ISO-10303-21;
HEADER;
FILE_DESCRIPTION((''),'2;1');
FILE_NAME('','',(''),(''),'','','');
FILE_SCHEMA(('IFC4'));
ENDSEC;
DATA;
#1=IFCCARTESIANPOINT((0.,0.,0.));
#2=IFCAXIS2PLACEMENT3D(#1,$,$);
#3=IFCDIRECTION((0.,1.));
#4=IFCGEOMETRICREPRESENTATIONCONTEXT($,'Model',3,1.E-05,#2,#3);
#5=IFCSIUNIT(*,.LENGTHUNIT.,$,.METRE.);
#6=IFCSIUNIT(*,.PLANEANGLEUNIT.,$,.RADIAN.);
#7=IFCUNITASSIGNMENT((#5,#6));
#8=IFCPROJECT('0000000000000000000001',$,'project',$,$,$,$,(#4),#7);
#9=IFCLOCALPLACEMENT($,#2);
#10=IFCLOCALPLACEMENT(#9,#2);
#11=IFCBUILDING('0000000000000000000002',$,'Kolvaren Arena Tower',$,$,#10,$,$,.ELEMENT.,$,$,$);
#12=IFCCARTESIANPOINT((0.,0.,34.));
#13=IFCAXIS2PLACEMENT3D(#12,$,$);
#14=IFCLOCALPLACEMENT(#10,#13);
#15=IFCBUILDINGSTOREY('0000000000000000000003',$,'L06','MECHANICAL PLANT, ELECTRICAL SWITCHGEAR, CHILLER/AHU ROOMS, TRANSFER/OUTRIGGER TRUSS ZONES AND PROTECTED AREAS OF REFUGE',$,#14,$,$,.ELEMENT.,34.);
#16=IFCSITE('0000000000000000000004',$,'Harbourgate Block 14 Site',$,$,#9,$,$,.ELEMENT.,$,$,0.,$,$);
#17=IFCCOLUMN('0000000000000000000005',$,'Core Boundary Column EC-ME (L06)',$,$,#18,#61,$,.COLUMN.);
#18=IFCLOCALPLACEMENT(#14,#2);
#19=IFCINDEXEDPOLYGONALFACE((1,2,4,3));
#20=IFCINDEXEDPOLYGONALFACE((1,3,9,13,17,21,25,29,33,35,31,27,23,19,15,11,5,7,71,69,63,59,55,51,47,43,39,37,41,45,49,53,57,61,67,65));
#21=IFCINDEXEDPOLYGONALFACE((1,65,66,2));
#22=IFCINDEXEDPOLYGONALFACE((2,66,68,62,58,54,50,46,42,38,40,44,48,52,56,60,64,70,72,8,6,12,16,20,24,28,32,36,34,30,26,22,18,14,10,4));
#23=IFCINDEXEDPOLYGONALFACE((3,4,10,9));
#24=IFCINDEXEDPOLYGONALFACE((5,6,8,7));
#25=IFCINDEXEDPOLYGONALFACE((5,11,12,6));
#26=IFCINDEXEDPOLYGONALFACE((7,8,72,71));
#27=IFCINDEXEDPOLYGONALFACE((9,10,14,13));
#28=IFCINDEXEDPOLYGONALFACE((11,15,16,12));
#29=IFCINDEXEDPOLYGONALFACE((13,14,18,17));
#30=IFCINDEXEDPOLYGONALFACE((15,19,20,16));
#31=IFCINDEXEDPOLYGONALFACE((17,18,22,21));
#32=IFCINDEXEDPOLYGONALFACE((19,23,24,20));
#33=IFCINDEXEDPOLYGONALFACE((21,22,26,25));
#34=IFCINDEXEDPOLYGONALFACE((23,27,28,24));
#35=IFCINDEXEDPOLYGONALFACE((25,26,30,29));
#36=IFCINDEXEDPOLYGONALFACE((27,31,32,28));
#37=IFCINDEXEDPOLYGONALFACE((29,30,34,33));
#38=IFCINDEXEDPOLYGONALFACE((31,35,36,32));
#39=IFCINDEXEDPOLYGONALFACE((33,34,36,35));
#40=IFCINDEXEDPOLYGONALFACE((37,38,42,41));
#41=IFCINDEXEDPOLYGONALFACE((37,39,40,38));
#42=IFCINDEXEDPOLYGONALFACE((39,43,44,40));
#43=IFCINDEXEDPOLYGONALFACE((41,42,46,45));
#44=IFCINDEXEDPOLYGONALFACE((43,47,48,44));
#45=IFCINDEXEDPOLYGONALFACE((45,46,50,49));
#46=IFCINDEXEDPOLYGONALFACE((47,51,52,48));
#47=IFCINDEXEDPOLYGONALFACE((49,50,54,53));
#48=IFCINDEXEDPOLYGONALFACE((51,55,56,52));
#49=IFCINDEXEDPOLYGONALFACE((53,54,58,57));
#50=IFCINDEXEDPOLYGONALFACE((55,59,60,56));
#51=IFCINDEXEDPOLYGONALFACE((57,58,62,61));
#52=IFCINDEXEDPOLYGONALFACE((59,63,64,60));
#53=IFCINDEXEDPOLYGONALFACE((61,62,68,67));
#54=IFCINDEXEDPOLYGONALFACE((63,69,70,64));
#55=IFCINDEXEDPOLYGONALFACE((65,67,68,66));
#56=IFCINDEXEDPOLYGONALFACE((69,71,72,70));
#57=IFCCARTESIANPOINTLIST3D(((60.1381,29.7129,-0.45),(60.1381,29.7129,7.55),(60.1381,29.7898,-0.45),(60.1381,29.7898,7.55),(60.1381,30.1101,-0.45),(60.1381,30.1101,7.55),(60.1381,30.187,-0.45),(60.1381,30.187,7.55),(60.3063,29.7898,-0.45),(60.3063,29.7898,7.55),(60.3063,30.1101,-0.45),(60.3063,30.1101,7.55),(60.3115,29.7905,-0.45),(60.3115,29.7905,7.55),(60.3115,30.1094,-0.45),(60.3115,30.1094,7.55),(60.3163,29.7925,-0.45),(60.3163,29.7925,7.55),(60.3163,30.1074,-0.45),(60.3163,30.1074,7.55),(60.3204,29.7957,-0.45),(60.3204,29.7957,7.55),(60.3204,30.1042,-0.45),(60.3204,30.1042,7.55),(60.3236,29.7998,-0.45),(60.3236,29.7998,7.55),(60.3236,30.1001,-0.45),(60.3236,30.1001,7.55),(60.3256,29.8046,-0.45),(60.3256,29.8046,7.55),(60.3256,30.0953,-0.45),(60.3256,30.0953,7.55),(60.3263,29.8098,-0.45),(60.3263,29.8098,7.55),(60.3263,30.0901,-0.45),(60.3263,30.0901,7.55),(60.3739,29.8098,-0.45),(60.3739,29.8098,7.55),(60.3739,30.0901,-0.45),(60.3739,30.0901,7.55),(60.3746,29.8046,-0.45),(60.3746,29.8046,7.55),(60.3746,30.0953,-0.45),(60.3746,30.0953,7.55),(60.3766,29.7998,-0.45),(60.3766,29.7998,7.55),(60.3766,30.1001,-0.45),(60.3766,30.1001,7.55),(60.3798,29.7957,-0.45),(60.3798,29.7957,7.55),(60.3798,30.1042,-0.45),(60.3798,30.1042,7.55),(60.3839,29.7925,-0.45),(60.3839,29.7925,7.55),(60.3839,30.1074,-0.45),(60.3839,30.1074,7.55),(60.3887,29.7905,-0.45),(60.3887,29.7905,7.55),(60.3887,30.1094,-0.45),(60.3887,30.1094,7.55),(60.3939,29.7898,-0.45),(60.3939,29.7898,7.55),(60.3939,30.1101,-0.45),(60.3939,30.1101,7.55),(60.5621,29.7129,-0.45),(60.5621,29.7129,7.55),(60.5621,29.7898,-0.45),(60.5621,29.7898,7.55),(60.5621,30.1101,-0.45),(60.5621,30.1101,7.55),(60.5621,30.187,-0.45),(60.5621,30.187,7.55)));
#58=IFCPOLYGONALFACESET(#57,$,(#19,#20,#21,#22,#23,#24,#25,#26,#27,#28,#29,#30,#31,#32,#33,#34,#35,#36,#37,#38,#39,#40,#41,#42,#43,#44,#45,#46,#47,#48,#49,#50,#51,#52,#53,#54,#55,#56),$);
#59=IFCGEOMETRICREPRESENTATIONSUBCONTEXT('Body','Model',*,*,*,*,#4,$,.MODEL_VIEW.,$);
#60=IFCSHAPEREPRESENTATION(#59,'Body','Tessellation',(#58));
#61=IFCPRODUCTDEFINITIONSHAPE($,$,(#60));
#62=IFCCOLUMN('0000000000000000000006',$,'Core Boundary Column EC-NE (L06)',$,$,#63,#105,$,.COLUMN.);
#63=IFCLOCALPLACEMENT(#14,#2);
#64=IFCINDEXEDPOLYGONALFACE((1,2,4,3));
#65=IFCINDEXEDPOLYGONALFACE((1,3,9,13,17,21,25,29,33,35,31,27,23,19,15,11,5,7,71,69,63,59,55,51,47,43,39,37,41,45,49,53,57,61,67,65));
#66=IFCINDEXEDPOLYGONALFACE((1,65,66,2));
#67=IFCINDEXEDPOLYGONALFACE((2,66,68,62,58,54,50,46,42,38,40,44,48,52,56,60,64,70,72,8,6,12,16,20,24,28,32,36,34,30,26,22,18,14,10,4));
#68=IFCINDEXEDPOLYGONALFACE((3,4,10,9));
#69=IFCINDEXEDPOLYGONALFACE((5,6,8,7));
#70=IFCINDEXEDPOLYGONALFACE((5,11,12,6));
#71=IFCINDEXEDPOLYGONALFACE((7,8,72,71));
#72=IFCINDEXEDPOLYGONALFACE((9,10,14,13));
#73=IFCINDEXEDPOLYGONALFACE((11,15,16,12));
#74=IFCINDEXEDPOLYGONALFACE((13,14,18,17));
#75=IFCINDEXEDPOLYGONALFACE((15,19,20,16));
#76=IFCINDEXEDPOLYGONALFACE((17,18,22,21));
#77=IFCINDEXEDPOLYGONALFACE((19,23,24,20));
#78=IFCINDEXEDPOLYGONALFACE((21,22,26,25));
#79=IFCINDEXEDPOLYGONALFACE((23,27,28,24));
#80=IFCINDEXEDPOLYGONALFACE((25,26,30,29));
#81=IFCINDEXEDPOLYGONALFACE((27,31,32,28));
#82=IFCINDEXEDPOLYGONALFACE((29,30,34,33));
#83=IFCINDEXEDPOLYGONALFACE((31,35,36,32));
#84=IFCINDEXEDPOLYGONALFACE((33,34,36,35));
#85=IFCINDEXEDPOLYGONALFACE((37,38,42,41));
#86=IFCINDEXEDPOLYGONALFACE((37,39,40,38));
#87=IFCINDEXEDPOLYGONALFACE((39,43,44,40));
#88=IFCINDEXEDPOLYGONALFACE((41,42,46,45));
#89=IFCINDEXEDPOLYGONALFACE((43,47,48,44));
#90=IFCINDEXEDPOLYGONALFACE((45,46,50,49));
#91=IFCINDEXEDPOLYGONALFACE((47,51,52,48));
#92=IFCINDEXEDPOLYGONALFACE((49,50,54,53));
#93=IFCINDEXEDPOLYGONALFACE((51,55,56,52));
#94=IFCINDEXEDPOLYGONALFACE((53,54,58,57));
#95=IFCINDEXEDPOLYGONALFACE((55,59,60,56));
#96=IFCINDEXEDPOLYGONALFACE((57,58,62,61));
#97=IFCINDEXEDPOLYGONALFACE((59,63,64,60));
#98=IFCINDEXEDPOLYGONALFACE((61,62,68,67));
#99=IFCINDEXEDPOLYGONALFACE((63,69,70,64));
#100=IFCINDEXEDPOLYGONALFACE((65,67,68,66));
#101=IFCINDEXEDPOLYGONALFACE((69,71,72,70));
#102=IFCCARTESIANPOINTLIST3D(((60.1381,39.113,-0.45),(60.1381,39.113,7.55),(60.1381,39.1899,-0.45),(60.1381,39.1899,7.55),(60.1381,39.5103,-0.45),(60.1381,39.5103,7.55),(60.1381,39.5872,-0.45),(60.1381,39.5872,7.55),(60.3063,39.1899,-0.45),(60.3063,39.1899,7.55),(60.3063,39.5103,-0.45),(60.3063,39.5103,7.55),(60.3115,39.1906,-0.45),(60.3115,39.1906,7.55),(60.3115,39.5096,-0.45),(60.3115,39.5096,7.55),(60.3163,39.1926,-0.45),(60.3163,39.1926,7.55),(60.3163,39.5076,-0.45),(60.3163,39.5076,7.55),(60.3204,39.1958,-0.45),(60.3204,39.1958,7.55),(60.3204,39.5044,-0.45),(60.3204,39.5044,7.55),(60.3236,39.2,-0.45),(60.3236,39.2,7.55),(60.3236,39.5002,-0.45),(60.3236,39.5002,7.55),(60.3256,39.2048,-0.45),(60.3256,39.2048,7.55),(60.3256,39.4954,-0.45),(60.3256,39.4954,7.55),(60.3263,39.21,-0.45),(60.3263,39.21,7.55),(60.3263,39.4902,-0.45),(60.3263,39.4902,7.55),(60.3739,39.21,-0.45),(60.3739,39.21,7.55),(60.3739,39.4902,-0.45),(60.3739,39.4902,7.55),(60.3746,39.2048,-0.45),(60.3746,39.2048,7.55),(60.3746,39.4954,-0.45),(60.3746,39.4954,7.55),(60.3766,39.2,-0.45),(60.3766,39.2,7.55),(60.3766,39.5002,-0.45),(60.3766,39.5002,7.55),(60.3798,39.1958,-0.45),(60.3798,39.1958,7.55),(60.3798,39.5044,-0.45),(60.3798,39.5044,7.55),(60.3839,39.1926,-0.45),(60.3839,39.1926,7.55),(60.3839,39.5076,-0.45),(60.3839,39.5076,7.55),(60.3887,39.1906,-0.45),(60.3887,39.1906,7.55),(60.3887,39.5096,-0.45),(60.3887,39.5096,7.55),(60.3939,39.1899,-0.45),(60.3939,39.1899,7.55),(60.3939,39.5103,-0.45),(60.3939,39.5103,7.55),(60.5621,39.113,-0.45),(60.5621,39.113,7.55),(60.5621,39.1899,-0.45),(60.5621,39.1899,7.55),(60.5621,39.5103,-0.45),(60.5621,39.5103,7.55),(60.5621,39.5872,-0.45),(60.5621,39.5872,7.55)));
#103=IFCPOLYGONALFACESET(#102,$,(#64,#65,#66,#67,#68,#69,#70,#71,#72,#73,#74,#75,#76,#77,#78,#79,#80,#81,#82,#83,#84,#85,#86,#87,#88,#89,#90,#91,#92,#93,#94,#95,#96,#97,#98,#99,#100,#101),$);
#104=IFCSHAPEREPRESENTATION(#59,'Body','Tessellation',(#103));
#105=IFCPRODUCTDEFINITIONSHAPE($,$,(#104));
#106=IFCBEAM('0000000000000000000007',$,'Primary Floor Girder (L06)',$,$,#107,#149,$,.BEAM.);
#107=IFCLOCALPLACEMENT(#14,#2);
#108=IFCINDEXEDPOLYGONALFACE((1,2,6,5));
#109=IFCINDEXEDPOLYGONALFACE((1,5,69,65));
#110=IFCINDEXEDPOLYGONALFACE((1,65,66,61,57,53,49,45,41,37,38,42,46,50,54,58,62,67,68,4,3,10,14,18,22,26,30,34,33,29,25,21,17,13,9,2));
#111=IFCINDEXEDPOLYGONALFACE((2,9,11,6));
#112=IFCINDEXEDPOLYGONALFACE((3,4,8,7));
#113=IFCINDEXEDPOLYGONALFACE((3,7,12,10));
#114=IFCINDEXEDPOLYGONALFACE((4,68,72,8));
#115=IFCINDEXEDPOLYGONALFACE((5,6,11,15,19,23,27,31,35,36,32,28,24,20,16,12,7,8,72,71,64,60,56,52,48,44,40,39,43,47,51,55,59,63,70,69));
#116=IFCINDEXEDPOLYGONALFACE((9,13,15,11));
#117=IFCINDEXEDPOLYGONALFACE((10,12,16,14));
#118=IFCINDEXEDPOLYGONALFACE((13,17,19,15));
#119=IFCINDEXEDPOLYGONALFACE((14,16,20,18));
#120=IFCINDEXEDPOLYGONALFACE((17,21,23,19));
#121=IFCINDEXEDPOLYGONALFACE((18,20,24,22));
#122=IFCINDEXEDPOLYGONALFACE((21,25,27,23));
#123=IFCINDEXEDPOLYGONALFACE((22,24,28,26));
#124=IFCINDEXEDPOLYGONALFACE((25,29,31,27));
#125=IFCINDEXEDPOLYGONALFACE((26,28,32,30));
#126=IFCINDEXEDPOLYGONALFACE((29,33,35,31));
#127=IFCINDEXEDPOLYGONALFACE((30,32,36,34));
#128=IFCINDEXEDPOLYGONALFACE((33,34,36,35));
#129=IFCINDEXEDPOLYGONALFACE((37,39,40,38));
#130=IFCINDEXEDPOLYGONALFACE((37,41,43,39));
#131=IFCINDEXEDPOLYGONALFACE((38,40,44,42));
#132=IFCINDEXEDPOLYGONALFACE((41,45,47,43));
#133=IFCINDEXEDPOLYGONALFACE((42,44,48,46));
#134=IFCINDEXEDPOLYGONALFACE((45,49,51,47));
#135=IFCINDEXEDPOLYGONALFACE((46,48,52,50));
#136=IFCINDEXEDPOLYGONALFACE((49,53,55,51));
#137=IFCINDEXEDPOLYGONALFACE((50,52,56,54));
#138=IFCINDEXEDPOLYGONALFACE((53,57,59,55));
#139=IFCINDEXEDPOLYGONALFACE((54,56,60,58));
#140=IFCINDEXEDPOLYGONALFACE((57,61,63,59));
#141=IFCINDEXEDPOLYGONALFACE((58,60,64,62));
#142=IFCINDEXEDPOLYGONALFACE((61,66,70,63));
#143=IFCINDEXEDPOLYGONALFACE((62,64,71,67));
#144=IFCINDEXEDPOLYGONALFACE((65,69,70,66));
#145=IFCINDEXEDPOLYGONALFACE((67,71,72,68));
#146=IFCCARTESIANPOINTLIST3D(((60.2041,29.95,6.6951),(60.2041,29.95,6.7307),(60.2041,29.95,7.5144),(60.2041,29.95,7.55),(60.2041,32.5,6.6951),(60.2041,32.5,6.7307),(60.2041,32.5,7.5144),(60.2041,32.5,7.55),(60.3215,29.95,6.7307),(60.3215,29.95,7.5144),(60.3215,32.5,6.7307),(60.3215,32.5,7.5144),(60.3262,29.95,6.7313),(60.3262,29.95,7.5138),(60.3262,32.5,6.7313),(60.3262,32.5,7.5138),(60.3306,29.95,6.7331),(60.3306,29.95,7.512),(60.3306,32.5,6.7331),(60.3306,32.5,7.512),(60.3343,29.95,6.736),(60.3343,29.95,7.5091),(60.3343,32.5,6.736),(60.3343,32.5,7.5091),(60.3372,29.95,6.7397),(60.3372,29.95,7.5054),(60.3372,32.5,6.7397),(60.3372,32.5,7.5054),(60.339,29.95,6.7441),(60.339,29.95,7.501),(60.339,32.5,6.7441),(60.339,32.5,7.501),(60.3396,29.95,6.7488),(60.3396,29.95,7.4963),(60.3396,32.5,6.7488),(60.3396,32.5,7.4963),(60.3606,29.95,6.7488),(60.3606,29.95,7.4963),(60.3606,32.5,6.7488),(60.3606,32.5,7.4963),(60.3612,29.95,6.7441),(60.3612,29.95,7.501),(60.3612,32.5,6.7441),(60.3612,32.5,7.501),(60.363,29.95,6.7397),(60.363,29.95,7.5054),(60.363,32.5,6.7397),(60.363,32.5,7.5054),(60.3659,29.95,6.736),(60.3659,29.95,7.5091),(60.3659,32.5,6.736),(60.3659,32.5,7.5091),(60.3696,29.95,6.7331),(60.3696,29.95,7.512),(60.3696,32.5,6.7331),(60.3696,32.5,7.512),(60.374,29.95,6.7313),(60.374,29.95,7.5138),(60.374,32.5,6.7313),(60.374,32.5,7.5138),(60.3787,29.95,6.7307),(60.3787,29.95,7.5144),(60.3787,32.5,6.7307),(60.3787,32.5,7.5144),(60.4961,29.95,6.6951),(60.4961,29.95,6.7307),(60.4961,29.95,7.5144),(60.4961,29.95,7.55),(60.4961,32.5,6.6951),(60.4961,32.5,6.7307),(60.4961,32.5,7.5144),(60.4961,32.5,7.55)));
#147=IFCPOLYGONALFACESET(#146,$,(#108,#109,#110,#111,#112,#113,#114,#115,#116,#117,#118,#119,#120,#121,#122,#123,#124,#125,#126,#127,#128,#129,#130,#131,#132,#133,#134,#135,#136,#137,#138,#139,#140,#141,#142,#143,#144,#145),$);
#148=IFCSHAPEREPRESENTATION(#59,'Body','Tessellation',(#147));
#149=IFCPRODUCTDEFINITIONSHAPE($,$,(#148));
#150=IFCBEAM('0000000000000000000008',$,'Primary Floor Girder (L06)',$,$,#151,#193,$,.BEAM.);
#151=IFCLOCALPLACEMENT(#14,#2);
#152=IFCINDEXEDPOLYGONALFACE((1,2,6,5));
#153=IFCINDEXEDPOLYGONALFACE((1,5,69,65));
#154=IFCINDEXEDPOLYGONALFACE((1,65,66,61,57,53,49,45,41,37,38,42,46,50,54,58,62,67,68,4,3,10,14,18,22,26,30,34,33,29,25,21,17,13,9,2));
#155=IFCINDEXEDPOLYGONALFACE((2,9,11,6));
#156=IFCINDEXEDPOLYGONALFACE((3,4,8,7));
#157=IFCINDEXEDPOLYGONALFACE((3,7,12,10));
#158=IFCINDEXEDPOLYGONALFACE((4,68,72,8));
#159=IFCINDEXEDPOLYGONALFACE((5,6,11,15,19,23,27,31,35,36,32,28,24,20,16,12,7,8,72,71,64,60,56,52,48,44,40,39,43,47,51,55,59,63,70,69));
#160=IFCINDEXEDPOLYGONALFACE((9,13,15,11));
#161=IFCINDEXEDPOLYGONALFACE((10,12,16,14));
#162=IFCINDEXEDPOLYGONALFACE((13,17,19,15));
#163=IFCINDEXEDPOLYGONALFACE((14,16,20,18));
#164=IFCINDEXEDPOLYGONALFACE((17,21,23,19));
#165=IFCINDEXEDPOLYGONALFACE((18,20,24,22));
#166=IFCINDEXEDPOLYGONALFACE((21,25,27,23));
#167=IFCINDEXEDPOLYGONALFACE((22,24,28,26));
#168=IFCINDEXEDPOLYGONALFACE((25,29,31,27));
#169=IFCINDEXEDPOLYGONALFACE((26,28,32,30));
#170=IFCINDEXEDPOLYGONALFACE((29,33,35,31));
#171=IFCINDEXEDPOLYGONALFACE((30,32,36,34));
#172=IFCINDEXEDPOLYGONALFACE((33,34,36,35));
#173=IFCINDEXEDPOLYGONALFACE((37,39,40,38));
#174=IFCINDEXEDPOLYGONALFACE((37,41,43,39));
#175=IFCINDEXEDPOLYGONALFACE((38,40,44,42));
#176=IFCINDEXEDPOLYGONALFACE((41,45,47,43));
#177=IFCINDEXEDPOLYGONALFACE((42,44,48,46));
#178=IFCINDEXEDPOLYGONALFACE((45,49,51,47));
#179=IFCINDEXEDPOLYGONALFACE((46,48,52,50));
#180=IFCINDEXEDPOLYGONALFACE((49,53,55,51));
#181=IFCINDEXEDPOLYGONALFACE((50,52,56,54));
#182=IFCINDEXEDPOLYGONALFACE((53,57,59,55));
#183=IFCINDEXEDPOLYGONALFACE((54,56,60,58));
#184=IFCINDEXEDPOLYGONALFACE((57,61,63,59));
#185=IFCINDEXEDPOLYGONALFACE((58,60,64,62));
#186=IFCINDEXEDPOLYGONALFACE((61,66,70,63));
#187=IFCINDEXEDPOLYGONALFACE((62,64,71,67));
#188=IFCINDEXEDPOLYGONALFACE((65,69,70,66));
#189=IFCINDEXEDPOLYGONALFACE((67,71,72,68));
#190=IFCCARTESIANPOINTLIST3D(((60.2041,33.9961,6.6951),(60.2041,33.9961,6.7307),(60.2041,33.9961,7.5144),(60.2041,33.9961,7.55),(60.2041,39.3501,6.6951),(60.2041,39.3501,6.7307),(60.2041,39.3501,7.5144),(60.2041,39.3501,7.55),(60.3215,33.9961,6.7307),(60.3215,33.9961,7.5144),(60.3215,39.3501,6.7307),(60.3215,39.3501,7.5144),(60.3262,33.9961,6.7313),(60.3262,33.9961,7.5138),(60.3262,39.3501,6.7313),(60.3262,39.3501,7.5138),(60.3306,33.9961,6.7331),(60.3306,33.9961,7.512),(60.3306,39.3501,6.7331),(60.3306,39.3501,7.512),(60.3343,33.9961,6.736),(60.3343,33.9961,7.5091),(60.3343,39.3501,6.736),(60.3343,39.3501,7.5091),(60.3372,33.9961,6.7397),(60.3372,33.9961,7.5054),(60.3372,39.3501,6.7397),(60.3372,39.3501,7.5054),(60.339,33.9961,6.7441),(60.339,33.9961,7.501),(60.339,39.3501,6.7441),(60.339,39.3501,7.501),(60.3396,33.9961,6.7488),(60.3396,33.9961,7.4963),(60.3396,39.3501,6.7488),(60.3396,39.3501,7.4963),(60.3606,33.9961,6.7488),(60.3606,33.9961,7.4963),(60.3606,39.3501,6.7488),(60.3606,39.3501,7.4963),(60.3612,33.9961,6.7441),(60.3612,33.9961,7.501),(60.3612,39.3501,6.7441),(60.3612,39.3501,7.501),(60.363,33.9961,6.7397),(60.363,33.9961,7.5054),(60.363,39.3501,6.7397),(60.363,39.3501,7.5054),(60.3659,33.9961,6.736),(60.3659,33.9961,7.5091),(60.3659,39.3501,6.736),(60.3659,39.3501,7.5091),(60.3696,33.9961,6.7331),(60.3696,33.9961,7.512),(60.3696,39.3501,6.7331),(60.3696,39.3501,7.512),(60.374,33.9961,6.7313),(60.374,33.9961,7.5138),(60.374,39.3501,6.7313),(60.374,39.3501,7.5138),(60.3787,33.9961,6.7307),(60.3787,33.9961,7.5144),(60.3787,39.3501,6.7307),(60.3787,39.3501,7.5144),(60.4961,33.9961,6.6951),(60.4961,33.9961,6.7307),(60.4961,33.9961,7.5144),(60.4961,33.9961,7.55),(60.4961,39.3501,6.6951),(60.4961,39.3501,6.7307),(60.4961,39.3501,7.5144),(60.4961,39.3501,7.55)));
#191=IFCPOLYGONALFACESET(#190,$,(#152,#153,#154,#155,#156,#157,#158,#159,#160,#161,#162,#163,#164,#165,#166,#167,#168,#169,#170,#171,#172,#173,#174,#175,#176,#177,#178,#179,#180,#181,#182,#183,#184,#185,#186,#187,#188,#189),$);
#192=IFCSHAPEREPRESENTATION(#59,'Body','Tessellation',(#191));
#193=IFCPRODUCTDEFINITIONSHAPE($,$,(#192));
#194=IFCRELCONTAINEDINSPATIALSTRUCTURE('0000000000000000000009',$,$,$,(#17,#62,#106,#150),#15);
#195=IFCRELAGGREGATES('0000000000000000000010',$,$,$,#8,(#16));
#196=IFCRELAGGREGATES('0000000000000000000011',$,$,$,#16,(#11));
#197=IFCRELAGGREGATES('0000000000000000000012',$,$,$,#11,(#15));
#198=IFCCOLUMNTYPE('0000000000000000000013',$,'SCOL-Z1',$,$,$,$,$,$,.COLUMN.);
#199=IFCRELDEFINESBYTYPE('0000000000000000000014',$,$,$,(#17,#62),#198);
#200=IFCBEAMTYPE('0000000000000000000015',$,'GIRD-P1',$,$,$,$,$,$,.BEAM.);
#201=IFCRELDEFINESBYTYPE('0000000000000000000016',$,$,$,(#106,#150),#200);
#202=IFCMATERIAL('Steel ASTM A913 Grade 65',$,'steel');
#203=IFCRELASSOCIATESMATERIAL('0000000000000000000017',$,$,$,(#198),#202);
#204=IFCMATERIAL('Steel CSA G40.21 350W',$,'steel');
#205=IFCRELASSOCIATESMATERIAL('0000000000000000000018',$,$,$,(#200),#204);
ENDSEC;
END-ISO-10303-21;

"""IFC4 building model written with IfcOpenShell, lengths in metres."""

from ifc_helpers import new_model, si_unit, direction, frame, origin, origin_2d, place, context, subcontext, project, spatial, i_section, extrude, material, material_profile, profile_set, type_object, element, save


model = new_model("IFC4")

# Units and contexts
model_context = context("Model", 3, precision=1e-05, world=origin(), true_north=direction((0.0, 1.0)))
body_context = subcontext(model_context, "Body", "Model", "MODEL_VIEW")
ifc_project = project(units=[si_unit("LENGTHUNIT", "METRE"), si_unit("PLANEANGLEUNIT", "RADIAN")], contexts=[model_context])

# Site, building, storey
site_placement = place(None, origin())
site = spatial("IfcSite", under=ifc_project, at=site_placement, Name="Harbourgate Block 14 Site", CompositionType="ELEMENT", RefElevation=0.0)
building_placement = place(site_placement, origin())
building = spatial("IfcBuilding", under=site, at=building_placement, Name="Kolvaren Arena Tower", CompositionType="ELEMENT")
storey_placement = place(building_placement, frame((0.0, 0.0, 34.0)))
storey = spatial("IfcBuildingStorey", under=building, at=storey_placement, Name="L06", Description="MECHANICAL PLANT, ELECTRICAL SWITCHGEAR, CHILLER/AHU ROOMS, TRANSFER/OUTRIGGER TRUSS ZONES AND PROTECTED AREAS OF REFUGE", CompositionType="ELEMENT", Elevation=34.0)

# Columns
ifc_material_1 = material(Name="Steel ASTM A913 Grade 65", Category="steel")
ifc_material_profile_1 = material_profile(ifc_material_1, i_section(OverallWidth=0.4241, OverallDepth=0.4741, WebThickness=0.0476, FlangeThickness=0.0769, FilletRadius=0.02, at=origin_2d()), Name="W360x634")
ifc_profile_set_1 = profile_set([ifc_material_profile_1], Name="Steel ASTM A913 Grade 65")
column_type = type_object("IfcColumnType", Name="SCOL-Z1", PredefinedType="COLUMN", material=ifc_profile_set_1)
for number, where, z_axis, x_axis, name in (
    (1, (60.3501, 29.95, -0.45), (0.0, 0.0, 1.0), (1.0, 0.0, 0.0), "Core Boundary Column EC-ME (L06)"),
    (2, (60.3501, 39.3501, -0.45), (0.0, 0.0, 1.0), (1.0, 0.0, 0.0), "Core Boundary Column EC-NE (L06)"),
):
    element("IfcColumn", number, at=place(storey_placement, frame(where, z_axis=z_axis, x_axis=x_axis)), inside=storey, type_object=column_type, Name=name, PredefinedType="COLUMN", context=body_context, shape_type="SweptSolid", body=[
        extrude(i_section(OverallWidth=0.4241, OverallDepth=0.4741, WebThickness=0.0476, FlangeThickness=0.0769, FilletRadius=0.02, at=origin_2d()), origin(), (0.0, 0.0, 1.0), 8.0),
    ])

# Beams
ifc_material_2 = material(Name="Steel CSA G40.21 350W", Category="steel")
ifc_material_profile_2 = material_profile(ifc_material_2, i_section(OverallWidth=0.292, OverallDepth=0.855, WebThickness=0.021, FlangeThickness=0.0356, FilletRadius=0.0181, at=origin_2d()), Name="W840x299")
ifc_profile_set_2 = profile_set([ifc_material_profile_2], Name="Steel CSA G40.21 350W")
beam_type = type_object("IfcBeamType", Name="GIRD-P1", PredefinedType="BEAM", material=ifc_profile_set_2)
beam_1_placement = place(storey_placement, frame((60.3501, 29.95, 7.1226), z_axis=(0.0, 1.0, 0.0), x_axis=(-1.0, 0.0, 0.0)))
element("IfcBeam", 3, at=beam_1_placement, inside=storey, type_object=beam_type, Name="Primary Floor Girder (L06)", PredefinedType="BEAM", context=body_context, shape_type="SweptSolid", body=[
    extrude(i_section(OverallWidth=0.292, OverallDepth=0.855, WebThickness=0.021, FlangeThickness=0.0356, FilletRadius=0.0181, at=origin_2d()), origin(), (0.0, 0.0, 1.0), 2.55),
])
beam_2_placement = place(storey_placement, frame((60.3501, 33.9961, 7.1226), z_axis=(0.0, 1.0, 0.0), x_axis=(-1.0, 0.0, 0.0)))
element("IfcBeam", 4, at=beam_2_placement, inside=storey, type_object=beam_type, Name="Primary Floor Girder (L06)", PredefinedType="BEAM", context=body_context, shape_type="SweptSolid", body=[
    extrude(i_section(OverallWidth=0.292, OverallDepth=0.855, WebThickness=0.021, FlangeThickness=0.0356, FilletRadius=0.0181, at=origin_2d()), origin(), (0.0, 0.0, 1.0), 5.354),
])

save(model, "model.ifc")
